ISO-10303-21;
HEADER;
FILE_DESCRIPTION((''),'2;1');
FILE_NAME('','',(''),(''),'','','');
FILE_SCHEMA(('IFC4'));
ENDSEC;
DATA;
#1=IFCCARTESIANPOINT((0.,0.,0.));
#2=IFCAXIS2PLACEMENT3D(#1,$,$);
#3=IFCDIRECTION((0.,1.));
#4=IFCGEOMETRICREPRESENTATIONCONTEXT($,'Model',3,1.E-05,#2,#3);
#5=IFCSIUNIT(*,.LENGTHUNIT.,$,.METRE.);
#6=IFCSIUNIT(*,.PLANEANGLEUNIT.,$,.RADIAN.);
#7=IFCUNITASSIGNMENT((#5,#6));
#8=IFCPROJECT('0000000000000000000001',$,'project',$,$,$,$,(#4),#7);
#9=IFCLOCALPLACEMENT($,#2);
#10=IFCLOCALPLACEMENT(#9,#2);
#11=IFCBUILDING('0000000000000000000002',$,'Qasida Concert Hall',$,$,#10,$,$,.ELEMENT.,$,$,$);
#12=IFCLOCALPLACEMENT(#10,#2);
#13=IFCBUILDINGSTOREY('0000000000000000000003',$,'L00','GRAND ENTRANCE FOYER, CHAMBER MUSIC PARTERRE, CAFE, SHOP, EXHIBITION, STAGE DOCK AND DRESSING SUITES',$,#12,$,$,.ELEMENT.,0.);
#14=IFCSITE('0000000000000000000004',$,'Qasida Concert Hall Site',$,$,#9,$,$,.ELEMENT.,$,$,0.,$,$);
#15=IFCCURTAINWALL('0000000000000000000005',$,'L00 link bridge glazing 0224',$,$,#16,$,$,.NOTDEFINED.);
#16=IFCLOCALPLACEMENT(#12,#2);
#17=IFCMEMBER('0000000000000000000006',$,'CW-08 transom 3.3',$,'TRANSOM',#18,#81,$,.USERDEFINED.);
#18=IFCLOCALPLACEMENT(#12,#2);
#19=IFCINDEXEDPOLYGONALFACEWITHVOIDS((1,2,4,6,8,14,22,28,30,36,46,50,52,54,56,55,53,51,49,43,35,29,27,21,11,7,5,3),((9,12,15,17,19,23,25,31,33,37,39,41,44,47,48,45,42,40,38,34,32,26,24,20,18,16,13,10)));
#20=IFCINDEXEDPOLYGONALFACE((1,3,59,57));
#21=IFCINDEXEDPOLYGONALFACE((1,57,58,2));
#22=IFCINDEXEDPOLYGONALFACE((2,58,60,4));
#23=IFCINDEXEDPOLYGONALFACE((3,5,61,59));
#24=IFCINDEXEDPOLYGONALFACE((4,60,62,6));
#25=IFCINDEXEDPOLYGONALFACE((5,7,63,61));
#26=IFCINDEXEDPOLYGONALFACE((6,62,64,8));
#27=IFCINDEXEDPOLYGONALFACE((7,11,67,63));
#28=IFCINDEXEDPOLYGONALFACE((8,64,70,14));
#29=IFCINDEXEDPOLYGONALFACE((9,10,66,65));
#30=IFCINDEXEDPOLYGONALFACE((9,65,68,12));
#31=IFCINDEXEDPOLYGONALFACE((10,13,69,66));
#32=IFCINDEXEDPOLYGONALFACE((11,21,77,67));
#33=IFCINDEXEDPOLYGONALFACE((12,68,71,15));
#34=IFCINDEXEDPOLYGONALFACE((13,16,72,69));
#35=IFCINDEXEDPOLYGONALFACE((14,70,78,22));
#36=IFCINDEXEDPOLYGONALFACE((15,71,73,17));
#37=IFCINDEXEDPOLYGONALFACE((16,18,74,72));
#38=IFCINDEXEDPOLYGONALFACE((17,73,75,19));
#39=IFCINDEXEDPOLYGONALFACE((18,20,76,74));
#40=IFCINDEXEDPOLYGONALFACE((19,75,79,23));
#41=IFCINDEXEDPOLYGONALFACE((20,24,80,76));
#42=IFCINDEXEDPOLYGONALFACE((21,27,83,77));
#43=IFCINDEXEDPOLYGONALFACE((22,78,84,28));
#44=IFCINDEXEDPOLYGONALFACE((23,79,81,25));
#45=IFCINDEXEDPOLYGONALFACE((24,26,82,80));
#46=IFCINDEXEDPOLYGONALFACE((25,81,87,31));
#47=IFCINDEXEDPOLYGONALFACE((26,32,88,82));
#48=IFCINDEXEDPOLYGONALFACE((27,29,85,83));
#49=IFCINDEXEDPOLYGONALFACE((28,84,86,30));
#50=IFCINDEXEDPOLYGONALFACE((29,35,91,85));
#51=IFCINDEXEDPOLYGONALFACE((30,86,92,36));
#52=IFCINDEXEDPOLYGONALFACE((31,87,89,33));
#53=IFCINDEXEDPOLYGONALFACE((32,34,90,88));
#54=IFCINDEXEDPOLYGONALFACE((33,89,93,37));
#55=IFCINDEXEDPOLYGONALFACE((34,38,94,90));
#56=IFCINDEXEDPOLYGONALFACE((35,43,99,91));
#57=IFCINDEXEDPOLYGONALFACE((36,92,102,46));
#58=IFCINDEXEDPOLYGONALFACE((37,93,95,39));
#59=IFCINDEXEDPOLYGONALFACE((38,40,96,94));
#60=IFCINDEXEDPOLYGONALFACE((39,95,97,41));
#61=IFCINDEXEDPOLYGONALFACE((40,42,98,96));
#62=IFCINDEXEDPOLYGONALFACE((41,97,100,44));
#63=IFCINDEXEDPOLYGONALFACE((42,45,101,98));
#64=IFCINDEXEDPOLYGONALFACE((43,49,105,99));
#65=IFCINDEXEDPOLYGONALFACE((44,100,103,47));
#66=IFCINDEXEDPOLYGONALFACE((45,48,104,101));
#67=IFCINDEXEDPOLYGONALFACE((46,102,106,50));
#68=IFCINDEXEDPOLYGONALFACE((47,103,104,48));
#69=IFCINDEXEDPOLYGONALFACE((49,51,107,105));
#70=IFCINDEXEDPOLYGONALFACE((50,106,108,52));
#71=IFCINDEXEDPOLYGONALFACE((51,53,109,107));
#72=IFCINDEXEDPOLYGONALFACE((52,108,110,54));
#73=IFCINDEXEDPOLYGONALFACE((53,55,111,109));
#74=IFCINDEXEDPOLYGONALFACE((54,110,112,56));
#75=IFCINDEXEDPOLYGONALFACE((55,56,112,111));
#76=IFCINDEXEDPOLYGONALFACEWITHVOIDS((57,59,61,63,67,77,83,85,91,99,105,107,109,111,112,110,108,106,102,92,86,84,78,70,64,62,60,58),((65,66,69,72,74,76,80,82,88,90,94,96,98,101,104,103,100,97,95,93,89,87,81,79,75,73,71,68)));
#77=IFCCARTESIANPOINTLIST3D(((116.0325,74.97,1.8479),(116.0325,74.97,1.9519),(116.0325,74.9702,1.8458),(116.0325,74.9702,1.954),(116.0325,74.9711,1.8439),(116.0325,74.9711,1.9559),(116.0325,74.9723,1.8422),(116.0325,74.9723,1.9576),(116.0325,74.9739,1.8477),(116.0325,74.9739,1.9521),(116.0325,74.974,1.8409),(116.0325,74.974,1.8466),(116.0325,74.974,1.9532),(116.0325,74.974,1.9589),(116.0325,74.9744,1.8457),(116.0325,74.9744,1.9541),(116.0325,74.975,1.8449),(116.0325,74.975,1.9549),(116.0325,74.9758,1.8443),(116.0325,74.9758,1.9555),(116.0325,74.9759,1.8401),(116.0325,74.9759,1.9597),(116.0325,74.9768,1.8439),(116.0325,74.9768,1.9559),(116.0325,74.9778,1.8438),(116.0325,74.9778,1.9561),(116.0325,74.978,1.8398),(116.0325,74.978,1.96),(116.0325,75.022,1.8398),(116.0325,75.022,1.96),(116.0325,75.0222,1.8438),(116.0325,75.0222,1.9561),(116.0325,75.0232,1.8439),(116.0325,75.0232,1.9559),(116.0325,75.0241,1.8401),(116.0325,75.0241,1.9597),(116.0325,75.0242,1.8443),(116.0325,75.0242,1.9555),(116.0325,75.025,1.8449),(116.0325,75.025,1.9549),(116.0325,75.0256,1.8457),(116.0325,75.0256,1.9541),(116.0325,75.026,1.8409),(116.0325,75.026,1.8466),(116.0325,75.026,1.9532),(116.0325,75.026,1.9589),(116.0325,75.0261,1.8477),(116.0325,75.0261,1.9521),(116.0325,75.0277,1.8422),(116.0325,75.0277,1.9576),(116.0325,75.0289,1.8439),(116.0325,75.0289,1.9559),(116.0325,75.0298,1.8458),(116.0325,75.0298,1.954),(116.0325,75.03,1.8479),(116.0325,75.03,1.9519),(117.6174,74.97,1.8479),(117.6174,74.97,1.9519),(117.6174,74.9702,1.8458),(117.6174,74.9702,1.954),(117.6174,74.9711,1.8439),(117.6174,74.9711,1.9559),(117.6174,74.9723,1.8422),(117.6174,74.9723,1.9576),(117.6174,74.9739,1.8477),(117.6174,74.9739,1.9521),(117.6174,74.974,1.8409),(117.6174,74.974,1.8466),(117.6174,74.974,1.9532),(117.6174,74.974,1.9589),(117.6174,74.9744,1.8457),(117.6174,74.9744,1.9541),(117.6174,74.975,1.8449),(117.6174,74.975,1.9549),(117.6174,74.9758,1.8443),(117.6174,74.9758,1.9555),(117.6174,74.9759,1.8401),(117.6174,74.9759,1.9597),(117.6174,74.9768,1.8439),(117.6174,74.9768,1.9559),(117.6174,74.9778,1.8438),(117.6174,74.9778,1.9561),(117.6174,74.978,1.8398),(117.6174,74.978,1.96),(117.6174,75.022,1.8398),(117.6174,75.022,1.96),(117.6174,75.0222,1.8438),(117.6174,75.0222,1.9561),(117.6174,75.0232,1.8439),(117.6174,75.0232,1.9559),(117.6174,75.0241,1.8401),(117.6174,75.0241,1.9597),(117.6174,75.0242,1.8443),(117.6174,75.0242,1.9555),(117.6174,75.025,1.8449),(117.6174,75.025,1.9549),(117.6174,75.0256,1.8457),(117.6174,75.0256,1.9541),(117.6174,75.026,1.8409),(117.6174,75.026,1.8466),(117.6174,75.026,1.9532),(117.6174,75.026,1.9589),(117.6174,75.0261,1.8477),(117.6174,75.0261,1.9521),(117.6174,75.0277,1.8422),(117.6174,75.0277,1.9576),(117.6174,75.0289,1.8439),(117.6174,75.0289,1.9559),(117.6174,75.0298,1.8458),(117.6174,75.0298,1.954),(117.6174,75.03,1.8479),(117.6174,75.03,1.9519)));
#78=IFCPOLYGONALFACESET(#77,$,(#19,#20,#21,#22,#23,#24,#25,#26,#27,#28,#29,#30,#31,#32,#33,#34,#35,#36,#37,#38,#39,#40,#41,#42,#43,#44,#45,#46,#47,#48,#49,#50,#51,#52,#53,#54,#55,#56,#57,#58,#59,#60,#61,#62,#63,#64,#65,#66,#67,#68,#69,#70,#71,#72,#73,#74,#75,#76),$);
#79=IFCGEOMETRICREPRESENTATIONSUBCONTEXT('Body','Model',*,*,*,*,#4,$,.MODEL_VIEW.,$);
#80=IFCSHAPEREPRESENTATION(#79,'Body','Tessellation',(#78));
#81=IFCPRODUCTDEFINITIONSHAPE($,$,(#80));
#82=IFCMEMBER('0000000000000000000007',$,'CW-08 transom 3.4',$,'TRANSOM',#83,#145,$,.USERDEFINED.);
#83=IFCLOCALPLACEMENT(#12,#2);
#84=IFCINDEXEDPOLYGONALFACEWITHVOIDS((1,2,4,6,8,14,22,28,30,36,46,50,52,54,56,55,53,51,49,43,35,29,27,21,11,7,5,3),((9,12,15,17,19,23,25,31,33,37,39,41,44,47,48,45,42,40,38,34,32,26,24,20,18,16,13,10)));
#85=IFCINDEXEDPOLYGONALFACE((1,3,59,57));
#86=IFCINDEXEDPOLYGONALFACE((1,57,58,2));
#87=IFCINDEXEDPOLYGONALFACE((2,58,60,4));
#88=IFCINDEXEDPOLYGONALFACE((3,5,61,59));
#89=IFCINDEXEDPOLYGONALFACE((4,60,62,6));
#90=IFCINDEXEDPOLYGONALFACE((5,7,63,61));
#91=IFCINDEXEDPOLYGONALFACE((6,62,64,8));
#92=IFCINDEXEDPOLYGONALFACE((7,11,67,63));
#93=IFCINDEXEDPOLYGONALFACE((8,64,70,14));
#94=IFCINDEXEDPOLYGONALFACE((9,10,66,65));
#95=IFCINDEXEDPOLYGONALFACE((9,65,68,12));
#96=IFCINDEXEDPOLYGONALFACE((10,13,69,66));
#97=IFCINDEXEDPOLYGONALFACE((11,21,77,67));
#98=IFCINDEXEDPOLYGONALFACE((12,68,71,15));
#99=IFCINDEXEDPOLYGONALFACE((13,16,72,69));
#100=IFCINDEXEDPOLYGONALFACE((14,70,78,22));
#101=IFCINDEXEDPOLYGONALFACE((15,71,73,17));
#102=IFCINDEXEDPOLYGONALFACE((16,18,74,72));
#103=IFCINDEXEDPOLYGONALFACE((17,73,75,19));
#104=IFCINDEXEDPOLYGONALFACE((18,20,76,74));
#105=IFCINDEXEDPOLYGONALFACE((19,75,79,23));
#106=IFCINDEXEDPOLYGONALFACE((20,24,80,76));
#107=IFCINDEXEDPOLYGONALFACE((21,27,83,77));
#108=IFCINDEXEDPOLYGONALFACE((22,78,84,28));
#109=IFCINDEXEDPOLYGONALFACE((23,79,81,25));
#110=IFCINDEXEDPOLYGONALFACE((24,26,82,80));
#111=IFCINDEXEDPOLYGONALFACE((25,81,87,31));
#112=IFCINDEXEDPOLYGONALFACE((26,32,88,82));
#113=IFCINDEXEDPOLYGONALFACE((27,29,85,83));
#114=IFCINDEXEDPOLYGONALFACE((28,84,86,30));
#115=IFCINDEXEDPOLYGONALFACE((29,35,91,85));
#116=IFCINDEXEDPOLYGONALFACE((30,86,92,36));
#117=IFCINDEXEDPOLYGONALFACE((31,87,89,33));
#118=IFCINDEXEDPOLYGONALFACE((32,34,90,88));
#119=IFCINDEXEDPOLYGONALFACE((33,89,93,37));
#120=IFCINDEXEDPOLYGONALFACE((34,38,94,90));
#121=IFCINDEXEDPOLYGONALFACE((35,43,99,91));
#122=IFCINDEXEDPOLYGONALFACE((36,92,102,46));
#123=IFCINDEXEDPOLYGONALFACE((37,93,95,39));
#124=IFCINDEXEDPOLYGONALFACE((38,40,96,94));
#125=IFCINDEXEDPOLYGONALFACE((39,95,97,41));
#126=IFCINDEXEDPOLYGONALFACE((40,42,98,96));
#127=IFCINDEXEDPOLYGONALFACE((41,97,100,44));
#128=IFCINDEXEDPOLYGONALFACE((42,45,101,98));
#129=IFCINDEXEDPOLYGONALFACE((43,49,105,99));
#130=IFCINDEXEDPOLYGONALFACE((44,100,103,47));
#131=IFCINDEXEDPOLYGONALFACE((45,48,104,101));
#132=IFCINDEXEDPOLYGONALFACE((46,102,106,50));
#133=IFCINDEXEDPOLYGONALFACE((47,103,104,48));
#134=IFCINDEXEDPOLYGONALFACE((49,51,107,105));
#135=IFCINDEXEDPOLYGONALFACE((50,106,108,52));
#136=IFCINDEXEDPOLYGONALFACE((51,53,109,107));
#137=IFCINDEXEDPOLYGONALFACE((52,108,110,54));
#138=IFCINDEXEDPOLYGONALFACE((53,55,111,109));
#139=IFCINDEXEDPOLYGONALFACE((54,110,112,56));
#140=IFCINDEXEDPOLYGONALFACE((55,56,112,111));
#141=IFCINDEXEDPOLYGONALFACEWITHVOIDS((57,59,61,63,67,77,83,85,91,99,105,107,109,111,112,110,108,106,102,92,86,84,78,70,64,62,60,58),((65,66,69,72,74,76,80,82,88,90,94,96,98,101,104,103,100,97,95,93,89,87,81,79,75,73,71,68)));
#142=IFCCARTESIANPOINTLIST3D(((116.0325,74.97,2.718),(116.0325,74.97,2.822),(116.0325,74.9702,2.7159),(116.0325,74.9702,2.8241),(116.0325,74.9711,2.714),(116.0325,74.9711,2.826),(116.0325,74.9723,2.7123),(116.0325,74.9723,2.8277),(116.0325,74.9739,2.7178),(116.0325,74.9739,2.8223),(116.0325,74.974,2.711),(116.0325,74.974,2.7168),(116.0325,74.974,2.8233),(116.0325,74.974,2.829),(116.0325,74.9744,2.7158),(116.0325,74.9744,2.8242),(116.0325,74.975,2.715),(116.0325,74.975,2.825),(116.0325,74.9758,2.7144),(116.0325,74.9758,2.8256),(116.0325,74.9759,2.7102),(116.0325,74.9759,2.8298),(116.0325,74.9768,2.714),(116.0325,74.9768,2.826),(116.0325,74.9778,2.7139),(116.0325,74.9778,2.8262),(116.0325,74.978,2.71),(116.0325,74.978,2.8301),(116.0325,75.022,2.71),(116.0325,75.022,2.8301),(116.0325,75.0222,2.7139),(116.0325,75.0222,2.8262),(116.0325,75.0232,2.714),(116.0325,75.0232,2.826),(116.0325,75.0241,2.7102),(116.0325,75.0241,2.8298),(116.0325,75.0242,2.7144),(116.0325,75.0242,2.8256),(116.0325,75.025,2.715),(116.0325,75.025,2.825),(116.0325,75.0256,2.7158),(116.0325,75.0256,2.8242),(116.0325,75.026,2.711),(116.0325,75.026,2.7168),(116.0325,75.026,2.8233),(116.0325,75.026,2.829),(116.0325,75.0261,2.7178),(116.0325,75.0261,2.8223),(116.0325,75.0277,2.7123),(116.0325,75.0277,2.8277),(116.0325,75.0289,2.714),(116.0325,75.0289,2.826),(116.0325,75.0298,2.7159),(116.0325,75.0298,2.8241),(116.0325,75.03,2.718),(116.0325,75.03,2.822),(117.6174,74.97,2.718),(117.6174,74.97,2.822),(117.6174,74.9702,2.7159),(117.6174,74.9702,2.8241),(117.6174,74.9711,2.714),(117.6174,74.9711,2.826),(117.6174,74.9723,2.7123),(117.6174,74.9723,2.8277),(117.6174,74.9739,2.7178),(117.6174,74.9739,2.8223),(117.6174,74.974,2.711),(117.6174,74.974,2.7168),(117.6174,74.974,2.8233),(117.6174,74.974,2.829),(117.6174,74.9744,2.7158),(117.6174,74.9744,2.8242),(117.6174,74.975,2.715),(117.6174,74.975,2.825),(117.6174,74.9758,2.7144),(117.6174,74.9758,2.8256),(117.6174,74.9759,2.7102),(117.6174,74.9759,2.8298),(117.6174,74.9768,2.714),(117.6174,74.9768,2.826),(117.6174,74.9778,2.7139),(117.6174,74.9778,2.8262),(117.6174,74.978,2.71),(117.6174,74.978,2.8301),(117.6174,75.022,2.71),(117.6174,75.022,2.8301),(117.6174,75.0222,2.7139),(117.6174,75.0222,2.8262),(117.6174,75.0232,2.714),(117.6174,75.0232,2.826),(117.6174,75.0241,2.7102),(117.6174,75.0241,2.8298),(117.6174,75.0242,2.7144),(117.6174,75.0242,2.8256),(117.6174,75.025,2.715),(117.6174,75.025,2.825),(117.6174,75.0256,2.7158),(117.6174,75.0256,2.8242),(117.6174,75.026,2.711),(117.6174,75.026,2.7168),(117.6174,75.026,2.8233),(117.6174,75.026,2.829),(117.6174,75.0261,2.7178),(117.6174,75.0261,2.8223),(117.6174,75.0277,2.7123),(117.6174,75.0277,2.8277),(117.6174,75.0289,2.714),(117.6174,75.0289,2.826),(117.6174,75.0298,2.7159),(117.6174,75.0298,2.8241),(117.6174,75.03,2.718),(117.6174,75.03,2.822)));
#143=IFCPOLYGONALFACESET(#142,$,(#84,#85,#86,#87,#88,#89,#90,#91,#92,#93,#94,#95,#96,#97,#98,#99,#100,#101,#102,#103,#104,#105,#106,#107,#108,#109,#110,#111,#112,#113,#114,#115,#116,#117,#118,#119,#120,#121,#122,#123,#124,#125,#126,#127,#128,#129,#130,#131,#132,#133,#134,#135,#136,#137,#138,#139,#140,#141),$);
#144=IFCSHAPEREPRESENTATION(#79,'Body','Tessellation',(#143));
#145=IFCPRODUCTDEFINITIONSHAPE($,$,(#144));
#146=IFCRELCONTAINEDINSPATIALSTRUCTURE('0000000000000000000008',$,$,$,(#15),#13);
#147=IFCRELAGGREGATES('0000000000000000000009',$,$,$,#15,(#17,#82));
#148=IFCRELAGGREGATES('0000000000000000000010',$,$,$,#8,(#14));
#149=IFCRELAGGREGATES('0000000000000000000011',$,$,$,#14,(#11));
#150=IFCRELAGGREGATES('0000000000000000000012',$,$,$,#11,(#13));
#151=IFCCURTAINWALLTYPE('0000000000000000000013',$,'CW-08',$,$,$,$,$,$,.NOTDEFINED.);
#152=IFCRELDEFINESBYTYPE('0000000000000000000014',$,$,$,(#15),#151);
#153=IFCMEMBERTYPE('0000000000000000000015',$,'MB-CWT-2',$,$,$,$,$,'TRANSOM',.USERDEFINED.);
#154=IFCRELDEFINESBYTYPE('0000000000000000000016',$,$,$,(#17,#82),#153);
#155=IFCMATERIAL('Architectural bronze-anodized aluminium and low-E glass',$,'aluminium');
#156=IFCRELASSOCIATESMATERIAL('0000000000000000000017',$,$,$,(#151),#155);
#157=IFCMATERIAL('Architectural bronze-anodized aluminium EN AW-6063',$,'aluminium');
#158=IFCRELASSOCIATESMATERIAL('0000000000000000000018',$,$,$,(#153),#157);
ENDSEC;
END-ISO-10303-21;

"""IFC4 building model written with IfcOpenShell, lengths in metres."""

from ifc_helpers import new_model, si_unit, direction, frame, origin, origin_2d, place, context, subcontext, project, spatial, hollow_rectangle, extrude, material, material_profile, profile_set, type_object, element, aggregate, save


model = new_model("IFC4")

# Units and contexts
model_context = context("Model", 3, precision=1e-05, world=origin(), true_north=direction((0.0, 1.0)))
body_context = subcontext(model_context, "Body", "Model", "MODEL_VIEW")
ifc_project = project(units=[si_unit("LENGTHUNIT", "METRE"), si_unit("PLANEANGLEUNIT", "RADIAN")], contexts=[model_context])

# Site, building, storey
site_placement = place(None, origin())
site = spatial("IfcSite", under=ifc_project, at=site_placement, Name="Qasida Concert Hall Site", CompositionType="ELEMENT", RefElevation=0.0)
building_placement = place(site_placement, origin())
building = spatial("IfcBuilding", under=site, at=building_placement, Name="Qasida Concert Hall", CompositionType="ELEMENT")
storey_placement = place(building_placement, origin())
storey = spatial("IfcBuildingStorey", under=building, at=storey_placement, Name="L00", Description="GRAND ENTRANCE FOYER, CHAMBER MUSIC PARTERRE, CAFE, SHOP, EXHIBITION, STAGE DOCK AND DRESSING SUITES", CompositionType="ELEMENT", Elevation=0.0)

# Curtain wall, members
ifc_material_1 = material(Name="Architectural bronze-anodized aluminium and low-E glass", Category="aluminium")
curtain_wall_type = type_object("IfcCurtainWallType", Name="CW-08", PredefinedType="NOTDEFINED", material=ifc_material_1)
curtain_wall_1_placement = place(storey_placement, origin())
curtain_wall_1 = element("IfcCurtainWall", 1, at=curtain_wall_1_placement, inside=storey, type_object=curtain_wall_type, Name="L00 link bridge glazing 0224", PredefinedType="NOTDEFINED")
ifc_material_2 = material(Name="Architectural bronze-anodized aluminium EN AW-6063", Category="aluminium")
ifc_material_profile_1 = material_profile(ifc_material_2, hollow_rectangle(XDim=0.0601, YDim=0.1201, WallThickness=0.0039, InnerFilletRadius=0.0039, OuterFilletRadius=0.0081, at=origin_2d()), Name="CWT 120x60x4")
ifc_profile_set_1 = profile_set([ifc_material_profile_1], Name="Architectural bronze-anodized aluminium EN AW-6063")
member_type_1 = type_object("IfcMemberType", Name="MB-CWT-2", ElementType="TRANSOM", PredefinedType="USERDEFINED", material=ifc_profile_set_1)
member_1_placement = place(storey_placement, frame((116.0325, 75.0, 1.8999), z_axis=(1.0, 0.0, 0.0), x_axis=(0.0, 1.0, 0.0)))
member_1 = element("IfcMember", 2, at=member_1_placement, type_object=member_type_1, Name="CW-08 transom 3.3", ObjectType="TRANSOM", PredefinedType="USERDEFINED", context=body_context, shape_type="SweptSolid", body=[
    extrude(hollow_rectangle(XDim=0.0601, YDim=0.1201, WallThickness=0.0039, InnerFilletRadius=0.0039, OuterFilletRadius=0.0081, at=origin_2d()), origin(), (0.0, 0.0, 1.0), 1.585),
])
member_2_placement = place(storey_placement, frame((116.0325, 75.0, 2.77), z_axis=(1.0, 0.0, 0.0), x_axis=(0.0, 1.0, 0.0)))
member_2 = element("IfcMember", 3, at=member_2_placement, type_object=member_type_1, Name="CW-08 transom 3.4", ObjectType="TRANSOM", PredefinedType="USERDEFINED", context=body_context, shape_type="SweptSolid", body=[
    extrude(hollow_rectangle(XDim=0.0601, YDim=0.1201, WallThickness=0.0039, InnerFilletRadius=0.0039, OuterFilletRadius=0.0081, at=origin_2d()), origin(), (0.0, 0.0, 1.0), 1.585),
])

aggregate(curtain_wall_1, [member_1, member_2])

save(model, "model.ifc")
